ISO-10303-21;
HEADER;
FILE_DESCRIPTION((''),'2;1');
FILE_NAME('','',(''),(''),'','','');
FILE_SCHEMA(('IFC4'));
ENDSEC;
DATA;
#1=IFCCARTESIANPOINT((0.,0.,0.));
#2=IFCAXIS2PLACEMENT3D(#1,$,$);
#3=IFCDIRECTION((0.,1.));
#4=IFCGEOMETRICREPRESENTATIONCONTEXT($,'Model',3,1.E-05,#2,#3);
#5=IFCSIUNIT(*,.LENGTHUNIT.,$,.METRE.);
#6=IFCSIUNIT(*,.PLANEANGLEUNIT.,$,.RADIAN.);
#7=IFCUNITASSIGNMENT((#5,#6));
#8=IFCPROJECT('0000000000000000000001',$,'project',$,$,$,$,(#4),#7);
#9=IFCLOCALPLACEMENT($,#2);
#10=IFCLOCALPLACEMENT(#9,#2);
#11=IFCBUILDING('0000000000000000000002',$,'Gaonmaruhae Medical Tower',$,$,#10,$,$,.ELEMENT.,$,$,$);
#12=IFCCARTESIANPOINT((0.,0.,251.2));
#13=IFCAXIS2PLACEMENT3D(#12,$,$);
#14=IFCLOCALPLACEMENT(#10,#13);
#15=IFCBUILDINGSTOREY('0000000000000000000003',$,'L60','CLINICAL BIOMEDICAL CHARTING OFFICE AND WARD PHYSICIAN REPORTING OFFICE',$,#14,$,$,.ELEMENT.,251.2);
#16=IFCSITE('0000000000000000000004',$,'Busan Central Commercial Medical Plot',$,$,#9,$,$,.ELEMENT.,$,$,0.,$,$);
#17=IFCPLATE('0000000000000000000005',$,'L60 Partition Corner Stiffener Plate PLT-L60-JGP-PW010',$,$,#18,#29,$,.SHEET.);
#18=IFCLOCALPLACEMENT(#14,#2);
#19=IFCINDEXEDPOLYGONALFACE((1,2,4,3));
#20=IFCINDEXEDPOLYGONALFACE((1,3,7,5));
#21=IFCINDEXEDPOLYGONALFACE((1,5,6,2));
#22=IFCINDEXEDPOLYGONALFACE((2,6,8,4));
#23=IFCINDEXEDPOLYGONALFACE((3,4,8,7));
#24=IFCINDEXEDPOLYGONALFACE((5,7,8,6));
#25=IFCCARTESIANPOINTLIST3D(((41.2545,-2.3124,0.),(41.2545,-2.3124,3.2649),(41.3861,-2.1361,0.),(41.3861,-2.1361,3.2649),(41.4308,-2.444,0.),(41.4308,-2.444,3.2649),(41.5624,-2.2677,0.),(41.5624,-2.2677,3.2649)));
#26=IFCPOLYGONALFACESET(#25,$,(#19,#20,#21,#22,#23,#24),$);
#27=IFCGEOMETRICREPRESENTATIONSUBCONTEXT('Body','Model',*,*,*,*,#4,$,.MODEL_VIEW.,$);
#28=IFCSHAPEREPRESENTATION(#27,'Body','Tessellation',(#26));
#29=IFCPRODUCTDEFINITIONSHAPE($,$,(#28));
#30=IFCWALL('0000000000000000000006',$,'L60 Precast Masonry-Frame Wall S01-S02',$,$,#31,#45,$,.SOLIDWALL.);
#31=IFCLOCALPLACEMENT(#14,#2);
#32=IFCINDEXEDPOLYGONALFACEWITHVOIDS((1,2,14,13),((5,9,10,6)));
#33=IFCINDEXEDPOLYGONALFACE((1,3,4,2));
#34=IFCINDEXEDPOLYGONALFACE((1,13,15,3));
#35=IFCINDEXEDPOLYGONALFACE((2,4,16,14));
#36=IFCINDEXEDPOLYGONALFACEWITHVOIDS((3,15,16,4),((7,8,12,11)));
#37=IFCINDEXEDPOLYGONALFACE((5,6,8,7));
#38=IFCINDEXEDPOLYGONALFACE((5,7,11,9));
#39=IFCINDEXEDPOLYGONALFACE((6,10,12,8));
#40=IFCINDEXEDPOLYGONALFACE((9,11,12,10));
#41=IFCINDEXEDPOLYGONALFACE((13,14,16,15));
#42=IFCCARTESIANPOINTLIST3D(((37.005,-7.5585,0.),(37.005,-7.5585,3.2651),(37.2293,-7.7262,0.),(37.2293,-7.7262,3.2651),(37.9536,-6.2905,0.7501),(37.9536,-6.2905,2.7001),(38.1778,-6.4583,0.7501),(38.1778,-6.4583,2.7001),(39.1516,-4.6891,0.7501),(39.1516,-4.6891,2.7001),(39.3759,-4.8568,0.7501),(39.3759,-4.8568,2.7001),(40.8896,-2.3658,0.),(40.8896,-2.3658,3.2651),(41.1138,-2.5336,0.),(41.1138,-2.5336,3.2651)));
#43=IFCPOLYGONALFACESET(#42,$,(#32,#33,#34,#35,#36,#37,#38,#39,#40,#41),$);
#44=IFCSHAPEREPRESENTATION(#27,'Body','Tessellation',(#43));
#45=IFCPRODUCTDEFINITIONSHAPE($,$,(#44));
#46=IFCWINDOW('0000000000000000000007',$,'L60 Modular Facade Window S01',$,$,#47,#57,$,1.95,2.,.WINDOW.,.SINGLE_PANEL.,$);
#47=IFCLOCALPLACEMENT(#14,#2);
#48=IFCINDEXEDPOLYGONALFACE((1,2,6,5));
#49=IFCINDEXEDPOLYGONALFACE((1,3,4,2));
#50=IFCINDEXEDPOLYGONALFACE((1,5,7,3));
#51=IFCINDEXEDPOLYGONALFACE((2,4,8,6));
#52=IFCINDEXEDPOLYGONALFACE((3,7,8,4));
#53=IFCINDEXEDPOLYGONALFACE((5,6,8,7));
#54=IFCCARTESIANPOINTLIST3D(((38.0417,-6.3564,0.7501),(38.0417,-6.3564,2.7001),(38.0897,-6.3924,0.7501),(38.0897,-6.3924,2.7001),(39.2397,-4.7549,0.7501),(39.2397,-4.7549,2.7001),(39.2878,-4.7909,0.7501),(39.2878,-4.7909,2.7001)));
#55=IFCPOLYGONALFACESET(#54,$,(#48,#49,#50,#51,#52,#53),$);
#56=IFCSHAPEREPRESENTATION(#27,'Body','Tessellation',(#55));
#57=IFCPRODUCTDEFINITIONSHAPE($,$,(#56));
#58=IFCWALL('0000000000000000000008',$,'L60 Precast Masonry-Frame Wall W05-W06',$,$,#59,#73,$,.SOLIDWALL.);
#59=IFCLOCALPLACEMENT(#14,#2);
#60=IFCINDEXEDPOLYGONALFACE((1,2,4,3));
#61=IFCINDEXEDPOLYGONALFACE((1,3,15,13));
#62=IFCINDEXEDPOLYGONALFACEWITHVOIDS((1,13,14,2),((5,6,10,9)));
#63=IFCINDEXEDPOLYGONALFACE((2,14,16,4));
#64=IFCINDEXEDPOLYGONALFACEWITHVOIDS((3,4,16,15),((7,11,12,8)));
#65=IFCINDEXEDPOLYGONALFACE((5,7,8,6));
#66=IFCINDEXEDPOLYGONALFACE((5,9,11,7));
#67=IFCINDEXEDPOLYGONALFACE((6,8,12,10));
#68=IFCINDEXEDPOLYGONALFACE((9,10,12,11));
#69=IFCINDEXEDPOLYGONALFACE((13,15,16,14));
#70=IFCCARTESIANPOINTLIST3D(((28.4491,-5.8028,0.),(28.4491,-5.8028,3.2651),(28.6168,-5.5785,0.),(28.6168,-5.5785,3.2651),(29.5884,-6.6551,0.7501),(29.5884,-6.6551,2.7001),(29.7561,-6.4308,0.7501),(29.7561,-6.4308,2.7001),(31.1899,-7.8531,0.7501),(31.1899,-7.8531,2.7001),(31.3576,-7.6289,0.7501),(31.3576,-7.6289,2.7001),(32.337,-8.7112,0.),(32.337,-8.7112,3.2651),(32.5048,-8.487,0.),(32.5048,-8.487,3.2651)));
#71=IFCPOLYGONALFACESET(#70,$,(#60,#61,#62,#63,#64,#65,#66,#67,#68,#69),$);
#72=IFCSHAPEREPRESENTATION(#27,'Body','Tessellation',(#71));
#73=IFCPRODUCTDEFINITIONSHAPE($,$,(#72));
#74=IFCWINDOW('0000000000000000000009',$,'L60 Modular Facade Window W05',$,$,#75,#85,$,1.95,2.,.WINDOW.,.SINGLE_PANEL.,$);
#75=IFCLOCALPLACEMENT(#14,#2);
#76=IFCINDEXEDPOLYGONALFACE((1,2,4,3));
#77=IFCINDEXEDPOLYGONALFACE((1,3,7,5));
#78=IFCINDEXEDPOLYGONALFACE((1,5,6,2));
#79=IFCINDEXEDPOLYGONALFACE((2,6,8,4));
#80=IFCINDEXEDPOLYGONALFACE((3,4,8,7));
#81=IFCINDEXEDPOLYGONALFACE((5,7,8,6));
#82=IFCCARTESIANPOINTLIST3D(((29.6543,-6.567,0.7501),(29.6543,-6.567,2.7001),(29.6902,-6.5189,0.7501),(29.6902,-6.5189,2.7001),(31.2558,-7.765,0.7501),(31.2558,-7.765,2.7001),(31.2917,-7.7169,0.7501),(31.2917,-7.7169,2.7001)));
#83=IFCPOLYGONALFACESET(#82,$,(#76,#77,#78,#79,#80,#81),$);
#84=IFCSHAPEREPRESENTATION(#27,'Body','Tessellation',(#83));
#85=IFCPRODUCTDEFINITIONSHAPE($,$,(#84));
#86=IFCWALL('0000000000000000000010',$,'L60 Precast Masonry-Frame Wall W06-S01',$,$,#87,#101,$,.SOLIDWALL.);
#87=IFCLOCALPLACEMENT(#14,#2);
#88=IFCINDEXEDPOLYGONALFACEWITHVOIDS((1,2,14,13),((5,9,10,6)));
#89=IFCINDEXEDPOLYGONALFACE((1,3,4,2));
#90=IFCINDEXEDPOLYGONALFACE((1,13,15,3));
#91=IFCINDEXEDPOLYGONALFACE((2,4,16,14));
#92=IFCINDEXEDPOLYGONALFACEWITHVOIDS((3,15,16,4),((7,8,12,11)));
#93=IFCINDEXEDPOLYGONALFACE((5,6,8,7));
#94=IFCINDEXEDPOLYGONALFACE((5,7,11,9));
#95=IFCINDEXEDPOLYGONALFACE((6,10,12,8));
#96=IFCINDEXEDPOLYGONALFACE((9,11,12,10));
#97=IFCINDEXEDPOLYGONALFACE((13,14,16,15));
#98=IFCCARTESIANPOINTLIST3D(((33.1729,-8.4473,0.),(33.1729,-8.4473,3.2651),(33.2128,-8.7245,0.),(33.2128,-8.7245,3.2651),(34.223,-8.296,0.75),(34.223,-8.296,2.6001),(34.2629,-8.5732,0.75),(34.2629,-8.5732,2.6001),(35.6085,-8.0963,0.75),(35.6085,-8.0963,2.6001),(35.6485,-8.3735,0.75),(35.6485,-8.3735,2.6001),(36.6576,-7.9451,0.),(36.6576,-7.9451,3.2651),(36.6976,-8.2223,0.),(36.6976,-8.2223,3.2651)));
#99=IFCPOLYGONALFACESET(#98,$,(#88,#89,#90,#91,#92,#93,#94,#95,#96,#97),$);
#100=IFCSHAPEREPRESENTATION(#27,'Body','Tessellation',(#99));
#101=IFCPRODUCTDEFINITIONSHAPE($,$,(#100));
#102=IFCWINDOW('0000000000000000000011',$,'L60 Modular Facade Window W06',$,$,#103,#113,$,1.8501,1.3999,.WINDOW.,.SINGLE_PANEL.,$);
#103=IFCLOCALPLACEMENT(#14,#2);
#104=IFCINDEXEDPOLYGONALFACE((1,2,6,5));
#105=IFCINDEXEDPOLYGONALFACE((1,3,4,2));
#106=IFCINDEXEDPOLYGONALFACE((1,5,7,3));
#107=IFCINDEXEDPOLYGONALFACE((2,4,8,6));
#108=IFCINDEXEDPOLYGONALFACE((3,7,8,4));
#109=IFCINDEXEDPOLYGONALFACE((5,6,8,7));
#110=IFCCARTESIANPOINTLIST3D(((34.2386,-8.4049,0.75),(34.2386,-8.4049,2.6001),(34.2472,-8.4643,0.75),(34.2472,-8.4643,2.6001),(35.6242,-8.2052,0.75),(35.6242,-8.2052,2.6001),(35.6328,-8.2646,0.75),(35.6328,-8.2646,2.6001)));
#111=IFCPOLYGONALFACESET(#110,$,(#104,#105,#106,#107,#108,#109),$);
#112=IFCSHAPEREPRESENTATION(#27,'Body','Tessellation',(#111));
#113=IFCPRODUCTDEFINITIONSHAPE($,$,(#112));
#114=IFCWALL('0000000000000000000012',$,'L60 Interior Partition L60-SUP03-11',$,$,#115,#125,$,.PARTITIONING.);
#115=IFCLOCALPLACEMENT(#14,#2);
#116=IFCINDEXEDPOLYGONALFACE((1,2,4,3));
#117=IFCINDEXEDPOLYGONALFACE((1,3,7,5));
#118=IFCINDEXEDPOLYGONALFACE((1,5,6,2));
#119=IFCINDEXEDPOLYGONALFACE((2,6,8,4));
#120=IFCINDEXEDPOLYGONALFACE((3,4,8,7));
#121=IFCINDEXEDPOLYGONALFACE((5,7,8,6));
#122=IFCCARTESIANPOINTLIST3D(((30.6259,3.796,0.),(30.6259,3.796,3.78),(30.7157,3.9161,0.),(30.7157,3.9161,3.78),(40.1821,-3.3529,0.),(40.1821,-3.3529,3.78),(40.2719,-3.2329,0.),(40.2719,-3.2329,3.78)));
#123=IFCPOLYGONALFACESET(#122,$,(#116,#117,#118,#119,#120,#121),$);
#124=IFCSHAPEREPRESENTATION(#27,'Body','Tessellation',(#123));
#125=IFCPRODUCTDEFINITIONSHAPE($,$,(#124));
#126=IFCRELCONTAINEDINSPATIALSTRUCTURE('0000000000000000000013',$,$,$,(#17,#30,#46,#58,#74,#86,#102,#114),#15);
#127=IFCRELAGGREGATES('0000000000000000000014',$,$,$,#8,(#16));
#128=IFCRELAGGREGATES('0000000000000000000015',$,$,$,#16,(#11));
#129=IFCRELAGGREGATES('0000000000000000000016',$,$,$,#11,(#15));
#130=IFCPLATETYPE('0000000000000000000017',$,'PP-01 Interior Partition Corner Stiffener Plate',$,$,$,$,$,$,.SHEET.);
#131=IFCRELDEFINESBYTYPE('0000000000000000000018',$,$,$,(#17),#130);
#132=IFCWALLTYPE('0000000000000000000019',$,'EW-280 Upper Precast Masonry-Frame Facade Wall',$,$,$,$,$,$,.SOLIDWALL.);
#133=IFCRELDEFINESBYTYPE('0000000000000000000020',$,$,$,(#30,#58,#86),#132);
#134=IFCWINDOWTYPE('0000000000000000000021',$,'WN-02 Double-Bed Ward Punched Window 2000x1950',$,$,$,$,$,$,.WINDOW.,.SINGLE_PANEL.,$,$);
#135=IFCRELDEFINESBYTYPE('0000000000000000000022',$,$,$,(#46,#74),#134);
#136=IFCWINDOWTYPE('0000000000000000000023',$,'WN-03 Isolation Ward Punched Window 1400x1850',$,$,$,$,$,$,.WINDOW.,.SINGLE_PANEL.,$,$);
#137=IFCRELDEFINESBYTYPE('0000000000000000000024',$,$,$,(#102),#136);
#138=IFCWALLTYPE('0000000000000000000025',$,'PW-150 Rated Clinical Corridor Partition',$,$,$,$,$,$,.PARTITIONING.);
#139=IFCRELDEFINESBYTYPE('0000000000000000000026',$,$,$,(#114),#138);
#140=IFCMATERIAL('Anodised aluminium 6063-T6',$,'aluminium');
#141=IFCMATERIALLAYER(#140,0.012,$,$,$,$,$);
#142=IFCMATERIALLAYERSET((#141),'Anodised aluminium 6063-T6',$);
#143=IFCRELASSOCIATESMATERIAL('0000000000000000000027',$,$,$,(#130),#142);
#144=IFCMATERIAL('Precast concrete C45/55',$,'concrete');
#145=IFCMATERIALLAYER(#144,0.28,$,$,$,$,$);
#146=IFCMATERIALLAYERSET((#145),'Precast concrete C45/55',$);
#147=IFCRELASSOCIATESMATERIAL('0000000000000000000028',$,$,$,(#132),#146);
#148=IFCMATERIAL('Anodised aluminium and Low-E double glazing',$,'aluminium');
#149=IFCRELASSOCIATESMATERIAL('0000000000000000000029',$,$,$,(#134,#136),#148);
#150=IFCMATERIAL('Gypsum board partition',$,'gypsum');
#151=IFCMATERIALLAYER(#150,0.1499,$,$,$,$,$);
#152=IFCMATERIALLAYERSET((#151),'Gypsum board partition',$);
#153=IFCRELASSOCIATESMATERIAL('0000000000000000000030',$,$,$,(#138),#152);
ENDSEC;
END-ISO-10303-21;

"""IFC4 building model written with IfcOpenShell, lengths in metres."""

from ifc_helpers import new_model, si_unit, direction, frame, frame_2d, origin, origin_2d, place, context, subcontext, project, spatial, rectangle, extrude, material, layer, layer_set, type_object, element, fill, save


model = new_model("IFC4")

# Units and contexts
model_context = context("Model", 3, precision=1e-05, world=origin(), true_north=direction((0.0, 1.0)))
body_context = subcontext(model_context, "Body", "Model", "MODEL_VIEW")
ifc_project = project(units=[si_unit("LENGTHUNIT", "METRE"), si_unit("PLANEANGLEUNIT", "RADIAN")], contexts=[model_context])

# Site, building, storey
site_placement = place(None, origin())
site = spatial("IfcSite", under=ifc_project, at=site_placement, Name="Busan Central Commercial Medical Plot", CompositionType="ELEMENT", RefElevation=0.0)
building_placement = place(site_placement, origin())
building = spatial("IfcBuilding", under=site, at=building_placement, Name="Gaonmaruhae Medical Tower", CompositionType="ELEMENT")
storey_placement = place(building_placement, frame((0.0, 0.0, 251.2)))
storey = spatial("IfcBuildingStorey", under=building, at=storey_placement, Name="L60", Description="CLINICAL BIOMEDICAL CHARTING OFFICE AND WARD PHYSICIAN REPORTING OFFICE", CompositionType="ELEMENT", Elevation=251.2)

# Plate
ifc_material_1 = material(Name="Anodised aluminium 6063-T6", Category="aluminium")
ifc_layer_1 = layer(ifc_material_1, 0.012)
ifc_layer_set_1 = layer_set([ifc_layer_1], Name="Anodised aluminium 6063-T6")
plate_type = type_object("IfcPlateType", Name="PP-01 Interior Partition Corner Stiffener Plate", PredefinedType="SHEET", material=ifc_layer_set_1)
plate_placement = place(storey_placement, frame((41.4084, -2.29, 0.0), z_axis=(0.0, 0.0, 1.0), x_axis=(-0.598283, -0.801285, 0.0)))
element("IfcPlate", 1, at=plate_placement, inside=storey, type_object=plate_type, Name="L60 Partition Corner Stiffener Plate PLT-L60-JGP-PW010", PredefinedType="SHEET", context=body_context, shape_type="SweptSolid", body=[
    extrude(rectangle(XDim=0.22, YDim=0.22, at=origin_2d()), origin(), (0.0, 0.0, 1.0), 3.2649),
])

# Walls, openings, windows
ifc_material_2 = material(Name="Precast concrete C45/55", Category="concrete")
ifc_layer_2 = layer(ifc_material_2, 0.28)
ifc_layer_set_2 = layer_set([ifc_layer_2], Name="Precast concrete C45/55")
wall_type_1 = type_object("IfcWallType", Name="EW-280 Upper Precast Masonry-Frame Facade Wall", PredefinedType="SOLIDWALL", material=ifc_layer_set_2)
wall_1_placement = place(storey_placement, frame((41.0017, -2.4497, 0.0), z_axis=(0.0, 0.0, 1.0), x_axis=(-0.599018, -0.800736, 0.0)))
wall_1 = element("IfcWall", 2, at=wall_1_placement, inside=storey, type_object=wall_type_1, Name="L60 Precast Masonry-Frame Wall S01-S02", PredefinedType="SOLIDWALL", context=body_context, shape_type="SweptSolid", body=[
    extrude(rectangle(XDim=6.4849, YDim=0.28, at=frame_2d((3.2424, 0.0))), origin(), (0.0, 0.0, 1.0), 3.2651),
])
opening_1_placement = place(wall_1_placement, frame((2.9014, 0.0, 0.75)))
opening_1 = element("IfcOpeningElement", 3, at=opening_1_placement, cuts=wall_1, PredefinedType="OPENING", context=body_context, shape_type="SweptSolid", body=[
    extrude(rectangle(XDim=2.0, YDim=1.95, at=frame_2d((1.0, 0.9751))), frame((0.0, 0.1499, 0.0), z_axis=(0.0, -1.0, 0.0), x_axis=(1.0, 0.0, 0.0)), (0.0, 0.0, 1.0), 0.3),
])
ifc_material_3 = material(Name="Anodised aluminium and Low-E double glazing", Category="aluminium")
window_type_1 = type_object("IfcWindowType", Name="WN-02 Double-Bed Ward Punched Window 2000x1950", PartitioningType="SINGLE_PANEL", PredefinedType="WINDOW", material=ifc_material_3)
window_1_placement = place(opening_1_placement, origin())
window_1 = element("IfcWindow", 4, at=window_1_placement, inside=storey, type_object=window_type_1, Name="L60 Modular Facade Window S01", OverallHeight=1.95, OverallWidth=2.0, PartitioningType="SINGLE_PANEL", PredefinedType="WINDOW", context=body_context, shape_type="SweptSolid", body=[
    extrude(rectangle(XDim=2.0, YDim=1.95, at=frame_2d((1.0, 0.9751))), frame((0.0, 0.03, 0.0), z_axis=(0.0, -1.0, 0.0), x_axis=(1.0, 0.0, 0.0)), (0.0, 0.0, 1.0), 0.0601),
])
fill(opening_1, window_1)
wall_2_placement = place(storey_placement, frame((32.4209, -8.5991, 0.0), z_axis=(0.0, 0.0, 1.0), x_axis=(-0.800742, 0.59901, 0.0)))
wall_2 = element("IfcWall", 5, at=wall_2_placement, inside=storey, type_object=wall_type_1, Name="L60 Precast Masonry-Frame Wall W05-W06", PredefinedType="SOLIDWALL", context=body_context, shape_type="SweptSolid", body=[
    extrude(rectangle(XDim=4.8555, YDim=0.28, at=frame_2d((2.4277, 0.0))), origin(), (0.0, 0.0, 1.0), 3.2651),
])
opening_2_placement = place(wall_2_placement, frame((1.4326, 0.0, 0.75)))
opening_2 = element("IfcOpeningElement", 6, at=opening_2_placement, cuts=wall_2, PredefinedType="OPENING", context=body_context, shape_type="SweptSolid", body=[
    extrude(rectangle(XDim=2.0, YDim=1.95, at=frame_2d((1.0, 0.9751))), frame((0.0, 0.1499, 0.0), z_axis=(0.0, -1.0, 0.0), x_axis=(1.0, 0.0, 0.0)), (0.0, 0.0, 1.0), 0.3),
])
window_2_placement = place(opening_2_placement, origin())
window_2 = element("IfcWindow", 7, at=window_2_placement, inside=storey, type_object=window_type_1, Name="L60 Modular Facade Window W05", OverallHeight=1.95, OverallWidth=2.0, PartitioningType="SINGLE_PANEL", PredefinedType="WINDOW", context=body_context, shape_type="SweptSolid", body=[
    extrude(rectangle(XDim=2.0, YDim=1.95, at=frame_2d((1.0, 0.9751))), frame((0.0, 0.03, 0.0), z_axis=(0.0, -1.0, 0.0), x_axis=(1.0, 0.0, 0.0)), (0.0, 0.0, 1.0), 0.0601),
])
fill(opening_2, window_2)
wall_3_placement = place(storey_placement, frame((36.6775, -8.0837, 0.0), z_axis=(0.0, 0.0, 1.0), x_axis=(-0.989775, -0.142635, 0.0)))
wall_3 = element("IfcWall", 8, at=wall_3_placement, inside=storey, type_object=wall_type_1, Name="L60 Precast Masonry-Frame Wall W06-S01", PredefinedType="SOLIDWALL", context=body_context, shape_type="SweptSolid", body=[
    extrude(rectangle(XDim=3.5208, YDim=0.28, at=frame_2d((1.7603, 0.0))), origin(), (0.0, 0.0, 1.0), 3.2651),
])
opening_3_placement = place(wall_3_placement, frame((1.0598, 0.0, 0.75)))
opening_3 = element("IfcOpeningElement", 9, at=opening_3_placement, cuts=wall_3, PredefinedType="OPENING", context=body_context, shape_type="SweptSolid", body=[
    extrude(rectangle(XDim=1.3999, YDim=1.8501, at=frame_2d((0.7, 0.925))), frame((0.0, 0.1499, 0.0), z_axis=(0.0, -1.0, 0.0), x_axis=(1.0, 0.0, 0.0)), (0.0, 0.0, 1.0), 0.3),
])
window_type_2 = type_object("IfcWindowType", Name="WN-03 Isolation Ward Punched Window 1400x1850", PartitioningType="SINGLE_PANEL", PredefinedType="WINDOW", material=ifc_material_3)
window_3_placement = place(opening_3_placement, origin())
window_3 = element("IfcWindow", 10, at=window_3_placement, inside=storey, type_object=window_type_2, Name="L60 Modular Facade Window W06", OverallHeight=1.8501, OverallWidth=1.3999, PartitioningType="SINGLE_PANEL", PredefinedType="WINDOW", context=body_context, shape_type="SweptSolid", body=[
    extrude(rectangle(XDim=1.3999, YDim=1.8501, at=frame_2d((0.7, 0.925))), frame((0.0, 0.03, 0.0), z_axis=(0.0, -1.0, 0.0), x_axis=(1.0, 0.0, 0.0)), (0.0, 0.0, 1.0), 0.0601),
])
fill(opening_3, window_3)

# Wall
ifc_material_4 = material(Name="Gypsum board partition", Category="gypsum")
ifc_layer_3 = layer(ifc_material_4, 0.1499)
ifc_layer_set_3 = layer_set([ifc_layer_3], Name="Gypsum board partition")
wall_type_2 = type_object("IfcWallType", Name="PW-150 Rated Clinical Corridor Partition", PredefinedType="PARTITIONING", material=ifc_layer_set_3)
wall_4_placement = place(storey_placement, frame((40.2271, -3.293, 0.0), z_axis=(0.0, 0.0, 1.0), x_axis=(-0.800731, 0.599024, 0.0)))
element("IfcWall", 11, at=wall_4_placement, inside=storey, type_object=wall_type_2, Name="L60 Interior Partition L60-SUP03-11", PredefinedType="PARTITIONING", context=body_context, shape_type="SweptSolid", body=[
    extrude(rectangle(XDim=11.9343, YDim=0.1499, at=frame_2d((5.9673, 0.0))), origin(), (0.0, 0.0, 1.0), 3.78),
])

save(model, "model.ifc")
